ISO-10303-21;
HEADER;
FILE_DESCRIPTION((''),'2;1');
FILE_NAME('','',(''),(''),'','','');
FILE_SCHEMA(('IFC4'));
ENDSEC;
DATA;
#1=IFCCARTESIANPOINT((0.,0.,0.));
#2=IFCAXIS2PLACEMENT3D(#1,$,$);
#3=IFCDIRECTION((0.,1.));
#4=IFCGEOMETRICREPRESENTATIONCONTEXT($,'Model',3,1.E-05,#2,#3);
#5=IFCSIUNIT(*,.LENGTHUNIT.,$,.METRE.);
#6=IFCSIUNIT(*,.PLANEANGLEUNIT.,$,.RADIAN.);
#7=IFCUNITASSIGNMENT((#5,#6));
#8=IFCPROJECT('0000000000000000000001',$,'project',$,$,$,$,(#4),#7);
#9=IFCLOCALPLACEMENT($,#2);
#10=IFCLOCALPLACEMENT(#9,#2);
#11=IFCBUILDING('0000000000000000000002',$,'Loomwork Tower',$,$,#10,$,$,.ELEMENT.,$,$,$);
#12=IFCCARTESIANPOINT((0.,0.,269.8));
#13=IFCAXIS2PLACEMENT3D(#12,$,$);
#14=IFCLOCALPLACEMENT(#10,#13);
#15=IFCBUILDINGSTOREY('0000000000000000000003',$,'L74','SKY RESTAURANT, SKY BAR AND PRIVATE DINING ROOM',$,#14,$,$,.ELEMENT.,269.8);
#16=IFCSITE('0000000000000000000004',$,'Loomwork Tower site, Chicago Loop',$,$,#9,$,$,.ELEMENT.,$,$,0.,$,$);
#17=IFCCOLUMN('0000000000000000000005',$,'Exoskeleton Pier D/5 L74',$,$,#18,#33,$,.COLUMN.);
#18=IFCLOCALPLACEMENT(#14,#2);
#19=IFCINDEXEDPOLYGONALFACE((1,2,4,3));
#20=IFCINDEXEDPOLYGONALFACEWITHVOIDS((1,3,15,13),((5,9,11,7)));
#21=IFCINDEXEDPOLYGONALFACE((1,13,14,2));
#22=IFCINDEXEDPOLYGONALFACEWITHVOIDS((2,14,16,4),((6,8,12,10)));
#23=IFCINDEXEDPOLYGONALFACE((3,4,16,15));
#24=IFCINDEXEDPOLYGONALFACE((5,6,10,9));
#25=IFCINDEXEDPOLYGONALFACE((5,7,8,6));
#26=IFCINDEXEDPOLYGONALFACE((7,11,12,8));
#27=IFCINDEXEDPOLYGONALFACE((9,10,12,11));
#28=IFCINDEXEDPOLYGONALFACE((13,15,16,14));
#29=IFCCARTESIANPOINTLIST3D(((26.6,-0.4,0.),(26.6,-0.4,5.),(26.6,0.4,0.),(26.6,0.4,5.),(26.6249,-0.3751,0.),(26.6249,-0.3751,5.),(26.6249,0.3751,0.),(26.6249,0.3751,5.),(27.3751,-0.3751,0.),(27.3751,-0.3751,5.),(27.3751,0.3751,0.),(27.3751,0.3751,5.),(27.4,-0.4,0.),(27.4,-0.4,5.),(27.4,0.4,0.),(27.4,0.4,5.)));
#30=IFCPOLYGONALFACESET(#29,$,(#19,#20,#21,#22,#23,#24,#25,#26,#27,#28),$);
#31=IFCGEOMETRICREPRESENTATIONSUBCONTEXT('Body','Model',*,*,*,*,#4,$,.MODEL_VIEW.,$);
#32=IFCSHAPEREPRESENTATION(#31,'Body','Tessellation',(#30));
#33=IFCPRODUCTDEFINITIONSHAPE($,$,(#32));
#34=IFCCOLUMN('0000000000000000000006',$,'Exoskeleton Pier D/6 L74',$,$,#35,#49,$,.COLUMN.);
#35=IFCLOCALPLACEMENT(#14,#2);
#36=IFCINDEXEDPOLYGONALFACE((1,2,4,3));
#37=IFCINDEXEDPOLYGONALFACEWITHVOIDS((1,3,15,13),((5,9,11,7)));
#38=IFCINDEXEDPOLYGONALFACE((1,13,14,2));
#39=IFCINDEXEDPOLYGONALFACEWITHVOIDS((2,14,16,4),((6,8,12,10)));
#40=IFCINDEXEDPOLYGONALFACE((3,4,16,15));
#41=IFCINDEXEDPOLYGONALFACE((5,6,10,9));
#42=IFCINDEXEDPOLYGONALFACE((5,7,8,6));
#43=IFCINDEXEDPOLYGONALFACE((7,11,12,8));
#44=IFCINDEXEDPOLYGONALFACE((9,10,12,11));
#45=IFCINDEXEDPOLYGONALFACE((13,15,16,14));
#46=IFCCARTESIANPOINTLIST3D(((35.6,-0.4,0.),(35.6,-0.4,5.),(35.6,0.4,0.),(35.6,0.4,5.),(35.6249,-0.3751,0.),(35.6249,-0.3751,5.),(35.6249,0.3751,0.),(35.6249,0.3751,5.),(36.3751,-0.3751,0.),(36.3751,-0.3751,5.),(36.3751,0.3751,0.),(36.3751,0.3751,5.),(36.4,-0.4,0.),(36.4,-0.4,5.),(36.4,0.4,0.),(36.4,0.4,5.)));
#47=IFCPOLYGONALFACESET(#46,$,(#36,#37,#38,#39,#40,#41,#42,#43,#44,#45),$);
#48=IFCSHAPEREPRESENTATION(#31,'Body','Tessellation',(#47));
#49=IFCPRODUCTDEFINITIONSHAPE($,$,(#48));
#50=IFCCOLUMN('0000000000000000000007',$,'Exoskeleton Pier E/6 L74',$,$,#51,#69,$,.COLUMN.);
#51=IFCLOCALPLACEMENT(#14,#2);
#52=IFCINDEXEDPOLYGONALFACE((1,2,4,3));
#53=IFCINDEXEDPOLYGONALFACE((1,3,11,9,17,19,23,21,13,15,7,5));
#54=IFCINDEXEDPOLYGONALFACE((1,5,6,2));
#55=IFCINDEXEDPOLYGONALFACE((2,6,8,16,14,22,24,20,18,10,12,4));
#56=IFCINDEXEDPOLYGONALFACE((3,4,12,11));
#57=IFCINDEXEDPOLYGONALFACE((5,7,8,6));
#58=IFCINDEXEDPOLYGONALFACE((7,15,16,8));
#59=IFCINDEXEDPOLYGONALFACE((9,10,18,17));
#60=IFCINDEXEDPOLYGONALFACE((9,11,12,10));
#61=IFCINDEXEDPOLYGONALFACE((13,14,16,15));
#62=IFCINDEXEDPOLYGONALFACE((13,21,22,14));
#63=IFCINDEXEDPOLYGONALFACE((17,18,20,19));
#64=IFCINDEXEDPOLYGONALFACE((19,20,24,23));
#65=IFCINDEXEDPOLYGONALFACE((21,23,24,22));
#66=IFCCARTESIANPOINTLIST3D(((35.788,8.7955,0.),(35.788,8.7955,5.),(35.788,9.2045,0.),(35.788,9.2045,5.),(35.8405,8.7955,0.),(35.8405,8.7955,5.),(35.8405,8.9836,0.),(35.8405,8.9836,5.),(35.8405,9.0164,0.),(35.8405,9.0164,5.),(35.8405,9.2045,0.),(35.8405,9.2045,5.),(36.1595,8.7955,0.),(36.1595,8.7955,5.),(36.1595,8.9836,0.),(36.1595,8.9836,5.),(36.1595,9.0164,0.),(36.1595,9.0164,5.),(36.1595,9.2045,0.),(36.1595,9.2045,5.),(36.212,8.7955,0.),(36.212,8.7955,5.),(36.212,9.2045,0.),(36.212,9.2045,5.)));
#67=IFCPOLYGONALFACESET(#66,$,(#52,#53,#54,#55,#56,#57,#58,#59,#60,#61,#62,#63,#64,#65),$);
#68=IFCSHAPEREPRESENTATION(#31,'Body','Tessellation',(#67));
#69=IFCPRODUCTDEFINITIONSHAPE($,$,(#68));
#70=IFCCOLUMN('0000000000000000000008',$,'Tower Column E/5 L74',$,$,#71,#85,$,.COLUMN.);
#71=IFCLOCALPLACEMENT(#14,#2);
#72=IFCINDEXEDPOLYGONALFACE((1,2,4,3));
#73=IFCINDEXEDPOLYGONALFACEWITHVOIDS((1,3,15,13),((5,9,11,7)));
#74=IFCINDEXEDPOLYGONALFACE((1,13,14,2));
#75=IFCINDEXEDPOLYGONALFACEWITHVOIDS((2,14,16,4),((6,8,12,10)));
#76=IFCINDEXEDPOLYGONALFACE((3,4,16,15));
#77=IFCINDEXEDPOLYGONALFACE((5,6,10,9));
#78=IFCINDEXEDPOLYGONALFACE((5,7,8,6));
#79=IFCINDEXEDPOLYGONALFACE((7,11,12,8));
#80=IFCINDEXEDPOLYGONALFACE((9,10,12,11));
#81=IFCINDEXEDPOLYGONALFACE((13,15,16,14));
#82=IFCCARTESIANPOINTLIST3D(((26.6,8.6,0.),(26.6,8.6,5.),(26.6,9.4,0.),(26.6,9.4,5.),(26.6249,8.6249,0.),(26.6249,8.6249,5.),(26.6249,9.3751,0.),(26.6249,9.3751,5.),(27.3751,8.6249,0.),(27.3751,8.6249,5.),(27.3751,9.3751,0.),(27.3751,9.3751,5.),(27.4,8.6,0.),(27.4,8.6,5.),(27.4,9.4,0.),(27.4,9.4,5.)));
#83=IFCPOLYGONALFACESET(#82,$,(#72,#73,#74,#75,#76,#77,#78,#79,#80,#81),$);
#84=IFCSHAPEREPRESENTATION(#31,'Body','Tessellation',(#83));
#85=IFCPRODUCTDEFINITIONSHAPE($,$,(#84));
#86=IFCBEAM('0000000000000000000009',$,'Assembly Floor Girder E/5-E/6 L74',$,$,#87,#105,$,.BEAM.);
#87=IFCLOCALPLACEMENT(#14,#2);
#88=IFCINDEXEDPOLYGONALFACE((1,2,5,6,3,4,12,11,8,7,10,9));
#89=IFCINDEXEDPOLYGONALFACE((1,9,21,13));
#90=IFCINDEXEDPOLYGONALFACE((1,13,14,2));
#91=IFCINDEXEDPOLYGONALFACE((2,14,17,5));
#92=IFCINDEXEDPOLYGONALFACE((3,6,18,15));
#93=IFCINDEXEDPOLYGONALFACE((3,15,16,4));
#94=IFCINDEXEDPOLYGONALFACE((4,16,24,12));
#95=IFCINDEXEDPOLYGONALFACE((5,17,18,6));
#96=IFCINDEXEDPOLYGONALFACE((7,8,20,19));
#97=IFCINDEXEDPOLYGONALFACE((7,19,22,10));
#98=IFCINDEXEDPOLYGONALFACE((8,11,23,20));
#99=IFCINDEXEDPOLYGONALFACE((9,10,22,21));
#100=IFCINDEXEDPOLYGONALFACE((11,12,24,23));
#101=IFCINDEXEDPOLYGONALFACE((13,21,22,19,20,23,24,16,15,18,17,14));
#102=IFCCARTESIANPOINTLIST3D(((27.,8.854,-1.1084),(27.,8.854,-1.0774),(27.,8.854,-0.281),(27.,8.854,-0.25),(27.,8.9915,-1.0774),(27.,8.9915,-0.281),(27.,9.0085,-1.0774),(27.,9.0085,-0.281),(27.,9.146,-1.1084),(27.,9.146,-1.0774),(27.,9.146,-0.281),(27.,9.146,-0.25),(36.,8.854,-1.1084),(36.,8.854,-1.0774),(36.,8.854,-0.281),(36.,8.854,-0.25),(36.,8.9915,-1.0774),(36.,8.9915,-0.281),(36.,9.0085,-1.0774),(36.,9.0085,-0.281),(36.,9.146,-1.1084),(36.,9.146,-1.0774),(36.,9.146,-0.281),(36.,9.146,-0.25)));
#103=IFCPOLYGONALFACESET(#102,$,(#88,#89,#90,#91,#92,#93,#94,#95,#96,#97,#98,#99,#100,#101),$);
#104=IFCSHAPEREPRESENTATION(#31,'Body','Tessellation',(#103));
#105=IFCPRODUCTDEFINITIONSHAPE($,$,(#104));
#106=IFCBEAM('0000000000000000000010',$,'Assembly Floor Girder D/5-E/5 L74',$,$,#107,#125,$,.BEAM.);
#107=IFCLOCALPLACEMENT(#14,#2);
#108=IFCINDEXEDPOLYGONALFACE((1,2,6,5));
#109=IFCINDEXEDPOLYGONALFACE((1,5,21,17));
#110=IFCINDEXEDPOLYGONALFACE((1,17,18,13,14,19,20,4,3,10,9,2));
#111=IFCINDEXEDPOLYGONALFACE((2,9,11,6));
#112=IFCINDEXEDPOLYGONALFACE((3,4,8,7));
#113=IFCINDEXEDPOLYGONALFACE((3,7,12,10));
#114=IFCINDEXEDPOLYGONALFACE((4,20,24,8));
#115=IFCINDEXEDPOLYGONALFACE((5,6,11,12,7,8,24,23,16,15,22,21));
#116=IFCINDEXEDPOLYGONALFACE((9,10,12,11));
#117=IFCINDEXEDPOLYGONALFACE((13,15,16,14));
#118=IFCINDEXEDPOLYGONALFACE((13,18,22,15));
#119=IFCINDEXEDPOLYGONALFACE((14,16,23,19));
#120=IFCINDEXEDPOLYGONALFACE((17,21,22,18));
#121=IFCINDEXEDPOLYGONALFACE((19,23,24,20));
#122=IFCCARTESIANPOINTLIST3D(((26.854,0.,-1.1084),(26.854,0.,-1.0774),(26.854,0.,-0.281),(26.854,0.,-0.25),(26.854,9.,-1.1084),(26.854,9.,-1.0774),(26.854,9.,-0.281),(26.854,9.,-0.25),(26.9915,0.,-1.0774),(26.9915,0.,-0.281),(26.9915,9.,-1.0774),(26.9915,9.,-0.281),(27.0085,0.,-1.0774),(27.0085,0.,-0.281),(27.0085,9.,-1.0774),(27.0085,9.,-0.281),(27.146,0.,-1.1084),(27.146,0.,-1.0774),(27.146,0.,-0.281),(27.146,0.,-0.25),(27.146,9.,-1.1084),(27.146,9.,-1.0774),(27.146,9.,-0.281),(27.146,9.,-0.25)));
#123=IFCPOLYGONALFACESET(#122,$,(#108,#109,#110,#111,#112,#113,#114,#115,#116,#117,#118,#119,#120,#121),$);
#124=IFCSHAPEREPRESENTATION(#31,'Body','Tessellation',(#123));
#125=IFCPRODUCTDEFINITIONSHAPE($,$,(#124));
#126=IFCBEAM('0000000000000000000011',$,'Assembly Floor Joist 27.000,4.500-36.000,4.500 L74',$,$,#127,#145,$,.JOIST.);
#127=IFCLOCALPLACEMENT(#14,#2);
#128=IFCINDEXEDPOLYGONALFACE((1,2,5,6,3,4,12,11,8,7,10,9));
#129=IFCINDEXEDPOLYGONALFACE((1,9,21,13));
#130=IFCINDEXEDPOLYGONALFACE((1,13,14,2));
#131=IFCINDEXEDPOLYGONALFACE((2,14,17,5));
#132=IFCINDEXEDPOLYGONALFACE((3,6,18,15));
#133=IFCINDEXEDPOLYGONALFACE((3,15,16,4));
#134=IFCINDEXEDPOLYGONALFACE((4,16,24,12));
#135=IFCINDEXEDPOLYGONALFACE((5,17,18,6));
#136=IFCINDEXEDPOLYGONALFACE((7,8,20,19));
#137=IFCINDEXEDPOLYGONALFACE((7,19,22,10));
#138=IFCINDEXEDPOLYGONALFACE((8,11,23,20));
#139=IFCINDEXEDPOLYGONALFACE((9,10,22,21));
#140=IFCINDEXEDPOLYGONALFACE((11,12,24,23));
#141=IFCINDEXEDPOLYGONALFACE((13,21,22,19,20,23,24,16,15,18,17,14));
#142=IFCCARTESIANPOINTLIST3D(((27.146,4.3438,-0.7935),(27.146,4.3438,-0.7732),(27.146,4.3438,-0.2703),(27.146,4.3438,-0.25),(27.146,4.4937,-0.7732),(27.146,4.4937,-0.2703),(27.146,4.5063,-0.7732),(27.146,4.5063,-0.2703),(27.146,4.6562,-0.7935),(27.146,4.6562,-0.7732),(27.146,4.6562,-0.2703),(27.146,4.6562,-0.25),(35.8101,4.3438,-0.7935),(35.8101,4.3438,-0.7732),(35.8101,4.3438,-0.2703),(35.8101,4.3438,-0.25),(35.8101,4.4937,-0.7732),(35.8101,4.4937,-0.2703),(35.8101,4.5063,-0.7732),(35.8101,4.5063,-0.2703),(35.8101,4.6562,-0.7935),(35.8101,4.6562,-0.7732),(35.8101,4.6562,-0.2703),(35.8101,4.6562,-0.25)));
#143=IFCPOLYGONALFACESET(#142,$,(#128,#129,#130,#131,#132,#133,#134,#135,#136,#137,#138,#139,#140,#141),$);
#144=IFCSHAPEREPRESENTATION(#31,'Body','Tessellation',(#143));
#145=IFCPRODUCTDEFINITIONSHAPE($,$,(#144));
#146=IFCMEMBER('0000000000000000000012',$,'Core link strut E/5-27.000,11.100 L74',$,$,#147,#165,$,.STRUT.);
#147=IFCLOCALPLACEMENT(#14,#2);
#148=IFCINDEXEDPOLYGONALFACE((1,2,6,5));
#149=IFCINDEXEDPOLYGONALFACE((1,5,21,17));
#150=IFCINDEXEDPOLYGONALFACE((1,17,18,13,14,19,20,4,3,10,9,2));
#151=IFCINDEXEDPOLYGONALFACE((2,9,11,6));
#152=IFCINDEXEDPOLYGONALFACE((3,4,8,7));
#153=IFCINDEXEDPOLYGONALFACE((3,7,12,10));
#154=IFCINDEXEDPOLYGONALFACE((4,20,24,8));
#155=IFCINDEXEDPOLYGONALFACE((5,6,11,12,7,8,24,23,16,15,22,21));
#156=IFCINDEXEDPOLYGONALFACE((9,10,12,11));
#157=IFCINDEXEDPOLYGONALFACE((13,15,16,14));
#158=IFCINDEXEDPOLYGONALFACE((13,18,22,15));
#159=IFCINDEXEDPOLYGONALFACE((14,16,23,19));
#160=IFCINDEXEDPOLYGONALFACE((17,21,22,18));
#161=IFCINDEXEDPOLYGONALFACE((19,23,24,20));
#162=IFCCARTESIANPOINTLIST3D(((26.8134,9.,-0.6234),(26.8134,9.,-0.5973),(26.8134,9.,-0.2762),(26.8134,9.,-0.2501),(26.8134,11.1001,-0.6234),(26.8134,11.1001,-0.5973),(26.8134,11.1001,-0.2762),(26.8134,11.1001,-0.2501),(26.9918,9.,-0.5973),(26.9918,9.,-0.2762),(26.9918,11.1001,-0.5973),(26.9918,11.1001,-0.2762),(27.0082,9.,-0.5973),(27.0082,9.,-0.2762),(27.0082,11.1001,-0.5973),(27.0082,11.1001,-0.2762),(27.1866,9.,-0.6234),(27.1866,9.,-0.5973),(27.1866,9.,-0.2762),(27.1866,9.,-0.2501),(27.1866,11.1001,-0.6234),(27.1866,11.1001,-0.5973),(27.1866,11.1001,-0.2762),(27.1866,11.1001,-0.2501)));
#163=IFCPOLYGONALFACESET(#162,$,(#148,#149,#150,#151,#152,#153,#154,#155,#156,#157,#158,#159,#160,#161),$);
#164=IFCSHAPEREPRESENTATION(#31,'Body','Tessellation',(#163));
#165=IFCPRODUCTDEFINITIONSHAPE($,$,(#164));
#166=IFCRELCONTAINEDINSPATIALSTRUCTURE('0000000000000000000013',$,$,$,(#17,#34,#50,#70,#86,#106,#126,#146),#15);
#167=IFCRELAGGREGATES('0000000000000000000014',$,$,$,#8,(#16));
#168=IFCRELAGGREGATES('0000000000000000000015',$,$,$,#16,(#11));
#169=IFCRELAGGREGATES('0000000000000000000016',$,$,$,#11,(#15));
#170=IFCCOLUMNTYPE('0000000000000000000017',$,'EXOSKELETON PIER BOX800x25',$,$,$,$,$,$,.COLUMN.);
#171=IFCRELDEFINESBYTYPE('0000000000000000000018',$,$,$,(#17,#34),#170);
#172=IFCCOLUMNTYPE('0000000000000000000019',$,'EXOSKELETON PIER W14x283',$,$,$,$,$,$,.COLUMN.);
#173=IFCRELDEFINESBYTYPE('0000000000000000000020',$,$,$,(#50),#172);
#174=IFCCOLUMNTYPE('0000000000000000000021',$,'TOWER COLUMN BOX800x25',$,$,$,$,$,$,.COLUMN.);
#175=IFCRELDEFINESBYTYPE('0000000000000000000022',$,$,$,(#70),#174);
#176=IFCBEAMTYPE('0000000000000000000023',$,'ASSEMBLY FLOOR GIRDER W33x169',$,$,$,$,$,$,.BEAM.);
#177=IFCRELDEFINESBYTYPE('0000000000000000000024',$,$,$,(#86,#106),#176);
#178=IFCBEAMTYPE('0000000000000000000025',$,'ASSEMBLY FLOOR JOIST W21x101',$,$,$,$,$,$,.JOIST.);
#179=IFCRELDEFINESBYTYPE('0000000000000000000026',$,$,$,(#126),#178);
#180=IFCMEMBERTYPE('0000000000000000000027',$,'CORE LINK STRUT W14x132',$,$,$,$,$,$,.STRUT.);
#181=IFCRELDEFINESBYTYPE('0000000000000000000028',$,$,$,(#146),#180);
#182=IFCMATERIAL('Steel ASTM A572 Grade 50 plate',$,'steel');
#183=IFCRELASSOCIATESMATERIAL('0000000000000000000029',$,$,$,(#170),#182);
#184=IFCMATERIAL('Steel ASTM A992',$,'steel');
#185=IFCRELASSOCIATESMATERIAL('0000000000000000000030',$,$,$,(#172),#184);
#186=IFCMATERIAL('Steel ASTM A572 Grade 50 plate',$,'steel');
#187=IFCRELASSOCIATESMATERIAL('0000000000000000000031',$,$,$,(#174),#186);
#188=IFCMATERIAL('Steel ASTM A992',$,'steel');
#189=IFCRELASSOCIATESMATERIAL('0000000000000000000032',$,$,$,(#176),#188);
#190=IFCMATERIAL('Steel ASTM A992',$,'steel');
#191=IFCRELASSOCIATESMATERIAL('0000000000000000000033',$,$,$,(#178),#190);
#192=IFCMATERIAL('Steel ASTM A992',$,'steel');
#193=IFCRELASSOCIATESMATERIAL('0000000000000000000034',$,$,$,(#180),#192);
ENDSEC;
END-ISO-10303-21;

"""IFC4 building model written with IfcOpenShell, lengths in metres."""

from ifc_helpers import new_model, si_unit, direction, frame, origin, origin_2d, place, context, subcontext, project, spatial, hollow_rectangle, i_section, extrude, material, material_profile, profile_set, type_object, element, save


model = new_model("IFC4")

# Units and contexts
model_context = context("Model", 3, precision=1e-05, world=origin(), true_north=direction((0.0, 1.0)))
body_context = subcontext(model_context, "Body", "Model", "MODEL_VIEW")
ifc_project = project(units=[si_unit("LENGTHUNIT", "METRE"), si_unit("PLANEANGLEUNIT", "RADIAN")], contexts=[model_context])

# Site, building, storey
site_placement = place(None, origin())
site = spatial("IfcSite", under=ifc_project, at=site_placement, Name="Loomwork Tower site, Chicago Loop", CompositionType="ELEMENT", RefElevation=0.0)
building_placement = place(site_placement, origin())
building = spatial("IfcBuilding", under=site, at=building_placement, Name="Loomwork Tower", CompositionType="ELEMENT")
storey_placement = place(building_placement, frame((0.0, 0.0, 269.8)))
storey = spatial("IfcBuildingStorey", under=building, at=storey_placement, Name="L74", Description="SKY RESTAURANT, SKY BAR AND PRIVATE DINING ROOM", CompositionType="ELEMENT", Elevation=269.8)

# Columns
ifc_material_1 = material(Name="Steel ASTM A572 Grade 50 plate", Category="steel")
ifc_material_profile_1 = material_profile(ifc_material_1, hollow_rectangle(XDim=0.8, YDim=0.8, WallThickness=0.0249, at=origin_2d()), Name="BOX800x25")
ifc_profile_set_1 = profile_set([ifc_material_profile_1], Name="Steel ASTM A572 Grade 50 plate")
column_type_1 = type_object("IfcColumnType", Name="EXOSKELETON PIER BOX800x25", PredefinedType="COLUMN", material=ifc_profile_set_1)
for number, where, z_axis, x_axis, name in (
    (1, (27.0, 0.0, 0.0), (0.0, 0.0, 1.0), (1.0, 0.0, 0.0), "Exoskeleton Pier D/5 L74"),
    (2, (36.0, 0.0, 0.0), (0.0, 0.0, 1.0), (1.0, 0.0, 0.0), "Exoskeleton Pier D/6 L74"),
):
    element("IfcColumn", number, at=place(storey_placement, frame(where, z_axis=z_axis, x_axis=x_axis)), inside=storey, type_object=column_type_1, Name=name, PredefinedType="COLUMN", context=body_context, shape_type="SweptSolid", body=[
        extrude(hollow_rectangle(XDim=0.8, YDim=0.8, WallThickness=0.0249, at=origin_2d()), origin(), (0.0, 0.0, 1.0), 5.0),
    ])
ifc_material_2 = material(Name="Steel ASTM A992", Category="steel")
ifc_material_profile_2 = material_profile(ifc_material_2, i_section(OverallWidth=0.4089, OverallDepth=0.4241, WebThickness=0.0327, FlangeThickness=0.0525, at=origin_2d()), Name="W14x283")
ifc_profile_set_2 = profile_set([ifc_material_profile_2], Name="Steel ASTM A992")
column_type_2 = type_object("IfcColumnType", Name="EXOSKELETON PIER W14x283", PredefinedType="COLUMN", material=ifc_profile_set_2)
column_1_placement = place(storey_placement, frame((36.0, 9.0, 0.0), z_axis=(0.0, 0.0, 1.0), x_axis=(0.0, 1.0, 0.0)))
element("IfcColumn", 3, at=column_1_placement, inside=storey, type_object=column_type_2, Name="Exoskeleton Pier E/6 L74", PredefinedType="COLUMN", context=body_context, shape_type="SweptSolid", body=[
    extrude(i_section(OverallWidth=0.4089, OverallDepth=0.4241, WebThickness=0.0327, FlangeThickness=0.0525, at=origin_2d()), origin(), (0.0, 0.0, 1.0), 5.0),
])
ifc_material_3 = material(Name="Steel ASTM A572 Grade 50 plate", Category="steel")
ifc_material_profile_3 = material_profile(ifc_material_3, hollow_rectangle(XDim=0.8, YDim=0.8, WallThickness=0.0249, at=origin_2d()), Name="BOX800x25")
ifc_profile_set_3 = profile_set([ifc_material_profile_3], Name="Steel ASTM A572 Grade 50 plate")
column_type_3 = type_object("IfcColumnType", Name="TOWER COLUMN BOX800x25", PredefinedType="COLUMN", material=ifc_profile_set_3)
column_2_placement = place(storey_placement, frame((27.0, 9.0, 0.0), z_axis=(0.0, 0.0, 1.0), x_axis=(1.0, 0.0, 0.0)))
element("IfcColumn", 4, at=column_2_placement, inside=storey, type_object=column_type_3, Name="Tower Column E/5 L74", PredefinedType="COLUMN", context=body_context, shape_type="SweptSolid", body=[
    extrude(hollow_rectangle(XDim=0.8, YDim=0.8, WallThickness=0.0249, at=origin_2d()), origin(), (0.0, 0.0, 1.0), 5.0),
])

# Beams
ifc_material_4 = material(Name="Steel ASTM A992", Category="steel")
ifc_material_profile_4 = material_profile(ifc_material_4, i_section(OverallWidth=0.292, OverallDepth=0.8584, WebThickness=0.0171, FlangeThickness=0.031, at=origin_2d()), Name="W33x169")
ifc_profile_set_4 = profile_set([ifc_material_profile_4], Name="Steel ASTM A992")
beam_type_1 = type_object("IfcBeamType", Name="ASSEMBLY FLOOR GIRDER W33x169", PredefinedType="BEAM", material=ifc_profile_set_4)
for number, where, z_axis, x_axis, name in (
    (5, (27.0, 9.0, -0.6792), (1.0, 0.0, 0.0), (0.0, 1.0, 0.0), "Assembly Floor Girder E/5-E/6 L74"),
    (6, (27.0, 0.0, -0.6792), (0.0, 1.0, 0.0), (-1.0, 0.0, 0.0), "Assembly Floor Girder D/5-E/5 L74"),
):
    element("IfcBeam", number, at=place(storey_placement, frame(where, z_axis=z_axis, x_axis=x_axis)), inside=storey, type_object=beam_type_1, Name=name, PredefinedType="BEAM", context=body_context, shape_type="SweptSolid", body=[
        extrude(i_section(OverallWidth=0.292, OverallDepth=0.8584, WebThickness=0.0171, FlangeThickness=0.031, at=origin_2d()), origin(), (0.0, 0.0, 1.0), 9.0),
    ])
ifc_material_5 = material(Name="Steel ASTM A992", Category="steel")
ifc_material_profile_5 = material_profile(ifc_material_5, i_section(OverallWidth=0.3125, OverallDepth=0.5435, WebThickness=0.0127, FlangeThickness=0.0203, at=origin_2d()), Name="W21x101")
ifc_profile_set_5 = profile_set([ifc_material_profile_5], Name="Steel ASTM A992")
beam_type_2 = type_object("IfcBeamType", Name="ASSEMBLY FLOOR JOIST W21x101", PredefinedType="JOIST", material=ifc_profile_set_5)
beam_placement = place(storey_placement, frame((27.146, 4.5, -0.5217), z_axis=(1.0, 0.0, 0.0), x_axis=(0.0, 1.0, 0.0)))
element("IfcBeam", 7, at=beam_placement, inside=storey, type_object=beam_type_2, Name="Assembly Floor Joist 27.000,4.500-36.000,4.500 L74", PredefinedType="JOIST", context=body_context, shape_type="SweptSolid", body=[
    extrude(i_section(OverallWidth=0.3125, OverallDepth=0.5435, WebThickness=0.0127, FlangeThickness=0.0203, at=origin_2d()), origin(), (0.0, 0.0, 1.0), 8.6641),
])

# Member
ifc_material_6 = material(Name="Steel ASTM A992", Category="steel")
ifc_material_profile_6 = material_profile(ifc_material_6, i_section(OverallWidth=0.3733, OverallDepth=0.3733, WebThickness=0.0164, FlangeThickness=0.0261, at=origin_2d()), Name="W14x132")
ifc_profile_set_6 = profile_set([ifc_material_profile_6], Name="Steel ASTM A992")
member_type_1 = type_object("IfcMemberType", Name="CORE LINK STRUT W14x132", PredefinedType="STRUT", material=ifc_profile_set_6)
member_1_placement = place(storey_placement, frame((27.0, 9.0, -0.4368), z_axis=(0.0, 1.0, 0.0), x_axis=(-1.0, 0.0, 0.0)))
element("IfcMember", 8, at=member_1_placement, inside=storey, type_object=member_type_1, Name="Core link strut E/5-27.000,11.100 L74", PredefinedType="STRUT", context=body_context, shape_type="SweptSolid", body=[
    extrude(i_section(OverallWidth=0.3733, OverallDepth=0.3733, WebThickness=0.0164, FlangeThickness=0.0261, at=origin_2d()), origin(), (0.0, 0.0, 1.0), 2.1001),
])

save(model, "model.ifc")
